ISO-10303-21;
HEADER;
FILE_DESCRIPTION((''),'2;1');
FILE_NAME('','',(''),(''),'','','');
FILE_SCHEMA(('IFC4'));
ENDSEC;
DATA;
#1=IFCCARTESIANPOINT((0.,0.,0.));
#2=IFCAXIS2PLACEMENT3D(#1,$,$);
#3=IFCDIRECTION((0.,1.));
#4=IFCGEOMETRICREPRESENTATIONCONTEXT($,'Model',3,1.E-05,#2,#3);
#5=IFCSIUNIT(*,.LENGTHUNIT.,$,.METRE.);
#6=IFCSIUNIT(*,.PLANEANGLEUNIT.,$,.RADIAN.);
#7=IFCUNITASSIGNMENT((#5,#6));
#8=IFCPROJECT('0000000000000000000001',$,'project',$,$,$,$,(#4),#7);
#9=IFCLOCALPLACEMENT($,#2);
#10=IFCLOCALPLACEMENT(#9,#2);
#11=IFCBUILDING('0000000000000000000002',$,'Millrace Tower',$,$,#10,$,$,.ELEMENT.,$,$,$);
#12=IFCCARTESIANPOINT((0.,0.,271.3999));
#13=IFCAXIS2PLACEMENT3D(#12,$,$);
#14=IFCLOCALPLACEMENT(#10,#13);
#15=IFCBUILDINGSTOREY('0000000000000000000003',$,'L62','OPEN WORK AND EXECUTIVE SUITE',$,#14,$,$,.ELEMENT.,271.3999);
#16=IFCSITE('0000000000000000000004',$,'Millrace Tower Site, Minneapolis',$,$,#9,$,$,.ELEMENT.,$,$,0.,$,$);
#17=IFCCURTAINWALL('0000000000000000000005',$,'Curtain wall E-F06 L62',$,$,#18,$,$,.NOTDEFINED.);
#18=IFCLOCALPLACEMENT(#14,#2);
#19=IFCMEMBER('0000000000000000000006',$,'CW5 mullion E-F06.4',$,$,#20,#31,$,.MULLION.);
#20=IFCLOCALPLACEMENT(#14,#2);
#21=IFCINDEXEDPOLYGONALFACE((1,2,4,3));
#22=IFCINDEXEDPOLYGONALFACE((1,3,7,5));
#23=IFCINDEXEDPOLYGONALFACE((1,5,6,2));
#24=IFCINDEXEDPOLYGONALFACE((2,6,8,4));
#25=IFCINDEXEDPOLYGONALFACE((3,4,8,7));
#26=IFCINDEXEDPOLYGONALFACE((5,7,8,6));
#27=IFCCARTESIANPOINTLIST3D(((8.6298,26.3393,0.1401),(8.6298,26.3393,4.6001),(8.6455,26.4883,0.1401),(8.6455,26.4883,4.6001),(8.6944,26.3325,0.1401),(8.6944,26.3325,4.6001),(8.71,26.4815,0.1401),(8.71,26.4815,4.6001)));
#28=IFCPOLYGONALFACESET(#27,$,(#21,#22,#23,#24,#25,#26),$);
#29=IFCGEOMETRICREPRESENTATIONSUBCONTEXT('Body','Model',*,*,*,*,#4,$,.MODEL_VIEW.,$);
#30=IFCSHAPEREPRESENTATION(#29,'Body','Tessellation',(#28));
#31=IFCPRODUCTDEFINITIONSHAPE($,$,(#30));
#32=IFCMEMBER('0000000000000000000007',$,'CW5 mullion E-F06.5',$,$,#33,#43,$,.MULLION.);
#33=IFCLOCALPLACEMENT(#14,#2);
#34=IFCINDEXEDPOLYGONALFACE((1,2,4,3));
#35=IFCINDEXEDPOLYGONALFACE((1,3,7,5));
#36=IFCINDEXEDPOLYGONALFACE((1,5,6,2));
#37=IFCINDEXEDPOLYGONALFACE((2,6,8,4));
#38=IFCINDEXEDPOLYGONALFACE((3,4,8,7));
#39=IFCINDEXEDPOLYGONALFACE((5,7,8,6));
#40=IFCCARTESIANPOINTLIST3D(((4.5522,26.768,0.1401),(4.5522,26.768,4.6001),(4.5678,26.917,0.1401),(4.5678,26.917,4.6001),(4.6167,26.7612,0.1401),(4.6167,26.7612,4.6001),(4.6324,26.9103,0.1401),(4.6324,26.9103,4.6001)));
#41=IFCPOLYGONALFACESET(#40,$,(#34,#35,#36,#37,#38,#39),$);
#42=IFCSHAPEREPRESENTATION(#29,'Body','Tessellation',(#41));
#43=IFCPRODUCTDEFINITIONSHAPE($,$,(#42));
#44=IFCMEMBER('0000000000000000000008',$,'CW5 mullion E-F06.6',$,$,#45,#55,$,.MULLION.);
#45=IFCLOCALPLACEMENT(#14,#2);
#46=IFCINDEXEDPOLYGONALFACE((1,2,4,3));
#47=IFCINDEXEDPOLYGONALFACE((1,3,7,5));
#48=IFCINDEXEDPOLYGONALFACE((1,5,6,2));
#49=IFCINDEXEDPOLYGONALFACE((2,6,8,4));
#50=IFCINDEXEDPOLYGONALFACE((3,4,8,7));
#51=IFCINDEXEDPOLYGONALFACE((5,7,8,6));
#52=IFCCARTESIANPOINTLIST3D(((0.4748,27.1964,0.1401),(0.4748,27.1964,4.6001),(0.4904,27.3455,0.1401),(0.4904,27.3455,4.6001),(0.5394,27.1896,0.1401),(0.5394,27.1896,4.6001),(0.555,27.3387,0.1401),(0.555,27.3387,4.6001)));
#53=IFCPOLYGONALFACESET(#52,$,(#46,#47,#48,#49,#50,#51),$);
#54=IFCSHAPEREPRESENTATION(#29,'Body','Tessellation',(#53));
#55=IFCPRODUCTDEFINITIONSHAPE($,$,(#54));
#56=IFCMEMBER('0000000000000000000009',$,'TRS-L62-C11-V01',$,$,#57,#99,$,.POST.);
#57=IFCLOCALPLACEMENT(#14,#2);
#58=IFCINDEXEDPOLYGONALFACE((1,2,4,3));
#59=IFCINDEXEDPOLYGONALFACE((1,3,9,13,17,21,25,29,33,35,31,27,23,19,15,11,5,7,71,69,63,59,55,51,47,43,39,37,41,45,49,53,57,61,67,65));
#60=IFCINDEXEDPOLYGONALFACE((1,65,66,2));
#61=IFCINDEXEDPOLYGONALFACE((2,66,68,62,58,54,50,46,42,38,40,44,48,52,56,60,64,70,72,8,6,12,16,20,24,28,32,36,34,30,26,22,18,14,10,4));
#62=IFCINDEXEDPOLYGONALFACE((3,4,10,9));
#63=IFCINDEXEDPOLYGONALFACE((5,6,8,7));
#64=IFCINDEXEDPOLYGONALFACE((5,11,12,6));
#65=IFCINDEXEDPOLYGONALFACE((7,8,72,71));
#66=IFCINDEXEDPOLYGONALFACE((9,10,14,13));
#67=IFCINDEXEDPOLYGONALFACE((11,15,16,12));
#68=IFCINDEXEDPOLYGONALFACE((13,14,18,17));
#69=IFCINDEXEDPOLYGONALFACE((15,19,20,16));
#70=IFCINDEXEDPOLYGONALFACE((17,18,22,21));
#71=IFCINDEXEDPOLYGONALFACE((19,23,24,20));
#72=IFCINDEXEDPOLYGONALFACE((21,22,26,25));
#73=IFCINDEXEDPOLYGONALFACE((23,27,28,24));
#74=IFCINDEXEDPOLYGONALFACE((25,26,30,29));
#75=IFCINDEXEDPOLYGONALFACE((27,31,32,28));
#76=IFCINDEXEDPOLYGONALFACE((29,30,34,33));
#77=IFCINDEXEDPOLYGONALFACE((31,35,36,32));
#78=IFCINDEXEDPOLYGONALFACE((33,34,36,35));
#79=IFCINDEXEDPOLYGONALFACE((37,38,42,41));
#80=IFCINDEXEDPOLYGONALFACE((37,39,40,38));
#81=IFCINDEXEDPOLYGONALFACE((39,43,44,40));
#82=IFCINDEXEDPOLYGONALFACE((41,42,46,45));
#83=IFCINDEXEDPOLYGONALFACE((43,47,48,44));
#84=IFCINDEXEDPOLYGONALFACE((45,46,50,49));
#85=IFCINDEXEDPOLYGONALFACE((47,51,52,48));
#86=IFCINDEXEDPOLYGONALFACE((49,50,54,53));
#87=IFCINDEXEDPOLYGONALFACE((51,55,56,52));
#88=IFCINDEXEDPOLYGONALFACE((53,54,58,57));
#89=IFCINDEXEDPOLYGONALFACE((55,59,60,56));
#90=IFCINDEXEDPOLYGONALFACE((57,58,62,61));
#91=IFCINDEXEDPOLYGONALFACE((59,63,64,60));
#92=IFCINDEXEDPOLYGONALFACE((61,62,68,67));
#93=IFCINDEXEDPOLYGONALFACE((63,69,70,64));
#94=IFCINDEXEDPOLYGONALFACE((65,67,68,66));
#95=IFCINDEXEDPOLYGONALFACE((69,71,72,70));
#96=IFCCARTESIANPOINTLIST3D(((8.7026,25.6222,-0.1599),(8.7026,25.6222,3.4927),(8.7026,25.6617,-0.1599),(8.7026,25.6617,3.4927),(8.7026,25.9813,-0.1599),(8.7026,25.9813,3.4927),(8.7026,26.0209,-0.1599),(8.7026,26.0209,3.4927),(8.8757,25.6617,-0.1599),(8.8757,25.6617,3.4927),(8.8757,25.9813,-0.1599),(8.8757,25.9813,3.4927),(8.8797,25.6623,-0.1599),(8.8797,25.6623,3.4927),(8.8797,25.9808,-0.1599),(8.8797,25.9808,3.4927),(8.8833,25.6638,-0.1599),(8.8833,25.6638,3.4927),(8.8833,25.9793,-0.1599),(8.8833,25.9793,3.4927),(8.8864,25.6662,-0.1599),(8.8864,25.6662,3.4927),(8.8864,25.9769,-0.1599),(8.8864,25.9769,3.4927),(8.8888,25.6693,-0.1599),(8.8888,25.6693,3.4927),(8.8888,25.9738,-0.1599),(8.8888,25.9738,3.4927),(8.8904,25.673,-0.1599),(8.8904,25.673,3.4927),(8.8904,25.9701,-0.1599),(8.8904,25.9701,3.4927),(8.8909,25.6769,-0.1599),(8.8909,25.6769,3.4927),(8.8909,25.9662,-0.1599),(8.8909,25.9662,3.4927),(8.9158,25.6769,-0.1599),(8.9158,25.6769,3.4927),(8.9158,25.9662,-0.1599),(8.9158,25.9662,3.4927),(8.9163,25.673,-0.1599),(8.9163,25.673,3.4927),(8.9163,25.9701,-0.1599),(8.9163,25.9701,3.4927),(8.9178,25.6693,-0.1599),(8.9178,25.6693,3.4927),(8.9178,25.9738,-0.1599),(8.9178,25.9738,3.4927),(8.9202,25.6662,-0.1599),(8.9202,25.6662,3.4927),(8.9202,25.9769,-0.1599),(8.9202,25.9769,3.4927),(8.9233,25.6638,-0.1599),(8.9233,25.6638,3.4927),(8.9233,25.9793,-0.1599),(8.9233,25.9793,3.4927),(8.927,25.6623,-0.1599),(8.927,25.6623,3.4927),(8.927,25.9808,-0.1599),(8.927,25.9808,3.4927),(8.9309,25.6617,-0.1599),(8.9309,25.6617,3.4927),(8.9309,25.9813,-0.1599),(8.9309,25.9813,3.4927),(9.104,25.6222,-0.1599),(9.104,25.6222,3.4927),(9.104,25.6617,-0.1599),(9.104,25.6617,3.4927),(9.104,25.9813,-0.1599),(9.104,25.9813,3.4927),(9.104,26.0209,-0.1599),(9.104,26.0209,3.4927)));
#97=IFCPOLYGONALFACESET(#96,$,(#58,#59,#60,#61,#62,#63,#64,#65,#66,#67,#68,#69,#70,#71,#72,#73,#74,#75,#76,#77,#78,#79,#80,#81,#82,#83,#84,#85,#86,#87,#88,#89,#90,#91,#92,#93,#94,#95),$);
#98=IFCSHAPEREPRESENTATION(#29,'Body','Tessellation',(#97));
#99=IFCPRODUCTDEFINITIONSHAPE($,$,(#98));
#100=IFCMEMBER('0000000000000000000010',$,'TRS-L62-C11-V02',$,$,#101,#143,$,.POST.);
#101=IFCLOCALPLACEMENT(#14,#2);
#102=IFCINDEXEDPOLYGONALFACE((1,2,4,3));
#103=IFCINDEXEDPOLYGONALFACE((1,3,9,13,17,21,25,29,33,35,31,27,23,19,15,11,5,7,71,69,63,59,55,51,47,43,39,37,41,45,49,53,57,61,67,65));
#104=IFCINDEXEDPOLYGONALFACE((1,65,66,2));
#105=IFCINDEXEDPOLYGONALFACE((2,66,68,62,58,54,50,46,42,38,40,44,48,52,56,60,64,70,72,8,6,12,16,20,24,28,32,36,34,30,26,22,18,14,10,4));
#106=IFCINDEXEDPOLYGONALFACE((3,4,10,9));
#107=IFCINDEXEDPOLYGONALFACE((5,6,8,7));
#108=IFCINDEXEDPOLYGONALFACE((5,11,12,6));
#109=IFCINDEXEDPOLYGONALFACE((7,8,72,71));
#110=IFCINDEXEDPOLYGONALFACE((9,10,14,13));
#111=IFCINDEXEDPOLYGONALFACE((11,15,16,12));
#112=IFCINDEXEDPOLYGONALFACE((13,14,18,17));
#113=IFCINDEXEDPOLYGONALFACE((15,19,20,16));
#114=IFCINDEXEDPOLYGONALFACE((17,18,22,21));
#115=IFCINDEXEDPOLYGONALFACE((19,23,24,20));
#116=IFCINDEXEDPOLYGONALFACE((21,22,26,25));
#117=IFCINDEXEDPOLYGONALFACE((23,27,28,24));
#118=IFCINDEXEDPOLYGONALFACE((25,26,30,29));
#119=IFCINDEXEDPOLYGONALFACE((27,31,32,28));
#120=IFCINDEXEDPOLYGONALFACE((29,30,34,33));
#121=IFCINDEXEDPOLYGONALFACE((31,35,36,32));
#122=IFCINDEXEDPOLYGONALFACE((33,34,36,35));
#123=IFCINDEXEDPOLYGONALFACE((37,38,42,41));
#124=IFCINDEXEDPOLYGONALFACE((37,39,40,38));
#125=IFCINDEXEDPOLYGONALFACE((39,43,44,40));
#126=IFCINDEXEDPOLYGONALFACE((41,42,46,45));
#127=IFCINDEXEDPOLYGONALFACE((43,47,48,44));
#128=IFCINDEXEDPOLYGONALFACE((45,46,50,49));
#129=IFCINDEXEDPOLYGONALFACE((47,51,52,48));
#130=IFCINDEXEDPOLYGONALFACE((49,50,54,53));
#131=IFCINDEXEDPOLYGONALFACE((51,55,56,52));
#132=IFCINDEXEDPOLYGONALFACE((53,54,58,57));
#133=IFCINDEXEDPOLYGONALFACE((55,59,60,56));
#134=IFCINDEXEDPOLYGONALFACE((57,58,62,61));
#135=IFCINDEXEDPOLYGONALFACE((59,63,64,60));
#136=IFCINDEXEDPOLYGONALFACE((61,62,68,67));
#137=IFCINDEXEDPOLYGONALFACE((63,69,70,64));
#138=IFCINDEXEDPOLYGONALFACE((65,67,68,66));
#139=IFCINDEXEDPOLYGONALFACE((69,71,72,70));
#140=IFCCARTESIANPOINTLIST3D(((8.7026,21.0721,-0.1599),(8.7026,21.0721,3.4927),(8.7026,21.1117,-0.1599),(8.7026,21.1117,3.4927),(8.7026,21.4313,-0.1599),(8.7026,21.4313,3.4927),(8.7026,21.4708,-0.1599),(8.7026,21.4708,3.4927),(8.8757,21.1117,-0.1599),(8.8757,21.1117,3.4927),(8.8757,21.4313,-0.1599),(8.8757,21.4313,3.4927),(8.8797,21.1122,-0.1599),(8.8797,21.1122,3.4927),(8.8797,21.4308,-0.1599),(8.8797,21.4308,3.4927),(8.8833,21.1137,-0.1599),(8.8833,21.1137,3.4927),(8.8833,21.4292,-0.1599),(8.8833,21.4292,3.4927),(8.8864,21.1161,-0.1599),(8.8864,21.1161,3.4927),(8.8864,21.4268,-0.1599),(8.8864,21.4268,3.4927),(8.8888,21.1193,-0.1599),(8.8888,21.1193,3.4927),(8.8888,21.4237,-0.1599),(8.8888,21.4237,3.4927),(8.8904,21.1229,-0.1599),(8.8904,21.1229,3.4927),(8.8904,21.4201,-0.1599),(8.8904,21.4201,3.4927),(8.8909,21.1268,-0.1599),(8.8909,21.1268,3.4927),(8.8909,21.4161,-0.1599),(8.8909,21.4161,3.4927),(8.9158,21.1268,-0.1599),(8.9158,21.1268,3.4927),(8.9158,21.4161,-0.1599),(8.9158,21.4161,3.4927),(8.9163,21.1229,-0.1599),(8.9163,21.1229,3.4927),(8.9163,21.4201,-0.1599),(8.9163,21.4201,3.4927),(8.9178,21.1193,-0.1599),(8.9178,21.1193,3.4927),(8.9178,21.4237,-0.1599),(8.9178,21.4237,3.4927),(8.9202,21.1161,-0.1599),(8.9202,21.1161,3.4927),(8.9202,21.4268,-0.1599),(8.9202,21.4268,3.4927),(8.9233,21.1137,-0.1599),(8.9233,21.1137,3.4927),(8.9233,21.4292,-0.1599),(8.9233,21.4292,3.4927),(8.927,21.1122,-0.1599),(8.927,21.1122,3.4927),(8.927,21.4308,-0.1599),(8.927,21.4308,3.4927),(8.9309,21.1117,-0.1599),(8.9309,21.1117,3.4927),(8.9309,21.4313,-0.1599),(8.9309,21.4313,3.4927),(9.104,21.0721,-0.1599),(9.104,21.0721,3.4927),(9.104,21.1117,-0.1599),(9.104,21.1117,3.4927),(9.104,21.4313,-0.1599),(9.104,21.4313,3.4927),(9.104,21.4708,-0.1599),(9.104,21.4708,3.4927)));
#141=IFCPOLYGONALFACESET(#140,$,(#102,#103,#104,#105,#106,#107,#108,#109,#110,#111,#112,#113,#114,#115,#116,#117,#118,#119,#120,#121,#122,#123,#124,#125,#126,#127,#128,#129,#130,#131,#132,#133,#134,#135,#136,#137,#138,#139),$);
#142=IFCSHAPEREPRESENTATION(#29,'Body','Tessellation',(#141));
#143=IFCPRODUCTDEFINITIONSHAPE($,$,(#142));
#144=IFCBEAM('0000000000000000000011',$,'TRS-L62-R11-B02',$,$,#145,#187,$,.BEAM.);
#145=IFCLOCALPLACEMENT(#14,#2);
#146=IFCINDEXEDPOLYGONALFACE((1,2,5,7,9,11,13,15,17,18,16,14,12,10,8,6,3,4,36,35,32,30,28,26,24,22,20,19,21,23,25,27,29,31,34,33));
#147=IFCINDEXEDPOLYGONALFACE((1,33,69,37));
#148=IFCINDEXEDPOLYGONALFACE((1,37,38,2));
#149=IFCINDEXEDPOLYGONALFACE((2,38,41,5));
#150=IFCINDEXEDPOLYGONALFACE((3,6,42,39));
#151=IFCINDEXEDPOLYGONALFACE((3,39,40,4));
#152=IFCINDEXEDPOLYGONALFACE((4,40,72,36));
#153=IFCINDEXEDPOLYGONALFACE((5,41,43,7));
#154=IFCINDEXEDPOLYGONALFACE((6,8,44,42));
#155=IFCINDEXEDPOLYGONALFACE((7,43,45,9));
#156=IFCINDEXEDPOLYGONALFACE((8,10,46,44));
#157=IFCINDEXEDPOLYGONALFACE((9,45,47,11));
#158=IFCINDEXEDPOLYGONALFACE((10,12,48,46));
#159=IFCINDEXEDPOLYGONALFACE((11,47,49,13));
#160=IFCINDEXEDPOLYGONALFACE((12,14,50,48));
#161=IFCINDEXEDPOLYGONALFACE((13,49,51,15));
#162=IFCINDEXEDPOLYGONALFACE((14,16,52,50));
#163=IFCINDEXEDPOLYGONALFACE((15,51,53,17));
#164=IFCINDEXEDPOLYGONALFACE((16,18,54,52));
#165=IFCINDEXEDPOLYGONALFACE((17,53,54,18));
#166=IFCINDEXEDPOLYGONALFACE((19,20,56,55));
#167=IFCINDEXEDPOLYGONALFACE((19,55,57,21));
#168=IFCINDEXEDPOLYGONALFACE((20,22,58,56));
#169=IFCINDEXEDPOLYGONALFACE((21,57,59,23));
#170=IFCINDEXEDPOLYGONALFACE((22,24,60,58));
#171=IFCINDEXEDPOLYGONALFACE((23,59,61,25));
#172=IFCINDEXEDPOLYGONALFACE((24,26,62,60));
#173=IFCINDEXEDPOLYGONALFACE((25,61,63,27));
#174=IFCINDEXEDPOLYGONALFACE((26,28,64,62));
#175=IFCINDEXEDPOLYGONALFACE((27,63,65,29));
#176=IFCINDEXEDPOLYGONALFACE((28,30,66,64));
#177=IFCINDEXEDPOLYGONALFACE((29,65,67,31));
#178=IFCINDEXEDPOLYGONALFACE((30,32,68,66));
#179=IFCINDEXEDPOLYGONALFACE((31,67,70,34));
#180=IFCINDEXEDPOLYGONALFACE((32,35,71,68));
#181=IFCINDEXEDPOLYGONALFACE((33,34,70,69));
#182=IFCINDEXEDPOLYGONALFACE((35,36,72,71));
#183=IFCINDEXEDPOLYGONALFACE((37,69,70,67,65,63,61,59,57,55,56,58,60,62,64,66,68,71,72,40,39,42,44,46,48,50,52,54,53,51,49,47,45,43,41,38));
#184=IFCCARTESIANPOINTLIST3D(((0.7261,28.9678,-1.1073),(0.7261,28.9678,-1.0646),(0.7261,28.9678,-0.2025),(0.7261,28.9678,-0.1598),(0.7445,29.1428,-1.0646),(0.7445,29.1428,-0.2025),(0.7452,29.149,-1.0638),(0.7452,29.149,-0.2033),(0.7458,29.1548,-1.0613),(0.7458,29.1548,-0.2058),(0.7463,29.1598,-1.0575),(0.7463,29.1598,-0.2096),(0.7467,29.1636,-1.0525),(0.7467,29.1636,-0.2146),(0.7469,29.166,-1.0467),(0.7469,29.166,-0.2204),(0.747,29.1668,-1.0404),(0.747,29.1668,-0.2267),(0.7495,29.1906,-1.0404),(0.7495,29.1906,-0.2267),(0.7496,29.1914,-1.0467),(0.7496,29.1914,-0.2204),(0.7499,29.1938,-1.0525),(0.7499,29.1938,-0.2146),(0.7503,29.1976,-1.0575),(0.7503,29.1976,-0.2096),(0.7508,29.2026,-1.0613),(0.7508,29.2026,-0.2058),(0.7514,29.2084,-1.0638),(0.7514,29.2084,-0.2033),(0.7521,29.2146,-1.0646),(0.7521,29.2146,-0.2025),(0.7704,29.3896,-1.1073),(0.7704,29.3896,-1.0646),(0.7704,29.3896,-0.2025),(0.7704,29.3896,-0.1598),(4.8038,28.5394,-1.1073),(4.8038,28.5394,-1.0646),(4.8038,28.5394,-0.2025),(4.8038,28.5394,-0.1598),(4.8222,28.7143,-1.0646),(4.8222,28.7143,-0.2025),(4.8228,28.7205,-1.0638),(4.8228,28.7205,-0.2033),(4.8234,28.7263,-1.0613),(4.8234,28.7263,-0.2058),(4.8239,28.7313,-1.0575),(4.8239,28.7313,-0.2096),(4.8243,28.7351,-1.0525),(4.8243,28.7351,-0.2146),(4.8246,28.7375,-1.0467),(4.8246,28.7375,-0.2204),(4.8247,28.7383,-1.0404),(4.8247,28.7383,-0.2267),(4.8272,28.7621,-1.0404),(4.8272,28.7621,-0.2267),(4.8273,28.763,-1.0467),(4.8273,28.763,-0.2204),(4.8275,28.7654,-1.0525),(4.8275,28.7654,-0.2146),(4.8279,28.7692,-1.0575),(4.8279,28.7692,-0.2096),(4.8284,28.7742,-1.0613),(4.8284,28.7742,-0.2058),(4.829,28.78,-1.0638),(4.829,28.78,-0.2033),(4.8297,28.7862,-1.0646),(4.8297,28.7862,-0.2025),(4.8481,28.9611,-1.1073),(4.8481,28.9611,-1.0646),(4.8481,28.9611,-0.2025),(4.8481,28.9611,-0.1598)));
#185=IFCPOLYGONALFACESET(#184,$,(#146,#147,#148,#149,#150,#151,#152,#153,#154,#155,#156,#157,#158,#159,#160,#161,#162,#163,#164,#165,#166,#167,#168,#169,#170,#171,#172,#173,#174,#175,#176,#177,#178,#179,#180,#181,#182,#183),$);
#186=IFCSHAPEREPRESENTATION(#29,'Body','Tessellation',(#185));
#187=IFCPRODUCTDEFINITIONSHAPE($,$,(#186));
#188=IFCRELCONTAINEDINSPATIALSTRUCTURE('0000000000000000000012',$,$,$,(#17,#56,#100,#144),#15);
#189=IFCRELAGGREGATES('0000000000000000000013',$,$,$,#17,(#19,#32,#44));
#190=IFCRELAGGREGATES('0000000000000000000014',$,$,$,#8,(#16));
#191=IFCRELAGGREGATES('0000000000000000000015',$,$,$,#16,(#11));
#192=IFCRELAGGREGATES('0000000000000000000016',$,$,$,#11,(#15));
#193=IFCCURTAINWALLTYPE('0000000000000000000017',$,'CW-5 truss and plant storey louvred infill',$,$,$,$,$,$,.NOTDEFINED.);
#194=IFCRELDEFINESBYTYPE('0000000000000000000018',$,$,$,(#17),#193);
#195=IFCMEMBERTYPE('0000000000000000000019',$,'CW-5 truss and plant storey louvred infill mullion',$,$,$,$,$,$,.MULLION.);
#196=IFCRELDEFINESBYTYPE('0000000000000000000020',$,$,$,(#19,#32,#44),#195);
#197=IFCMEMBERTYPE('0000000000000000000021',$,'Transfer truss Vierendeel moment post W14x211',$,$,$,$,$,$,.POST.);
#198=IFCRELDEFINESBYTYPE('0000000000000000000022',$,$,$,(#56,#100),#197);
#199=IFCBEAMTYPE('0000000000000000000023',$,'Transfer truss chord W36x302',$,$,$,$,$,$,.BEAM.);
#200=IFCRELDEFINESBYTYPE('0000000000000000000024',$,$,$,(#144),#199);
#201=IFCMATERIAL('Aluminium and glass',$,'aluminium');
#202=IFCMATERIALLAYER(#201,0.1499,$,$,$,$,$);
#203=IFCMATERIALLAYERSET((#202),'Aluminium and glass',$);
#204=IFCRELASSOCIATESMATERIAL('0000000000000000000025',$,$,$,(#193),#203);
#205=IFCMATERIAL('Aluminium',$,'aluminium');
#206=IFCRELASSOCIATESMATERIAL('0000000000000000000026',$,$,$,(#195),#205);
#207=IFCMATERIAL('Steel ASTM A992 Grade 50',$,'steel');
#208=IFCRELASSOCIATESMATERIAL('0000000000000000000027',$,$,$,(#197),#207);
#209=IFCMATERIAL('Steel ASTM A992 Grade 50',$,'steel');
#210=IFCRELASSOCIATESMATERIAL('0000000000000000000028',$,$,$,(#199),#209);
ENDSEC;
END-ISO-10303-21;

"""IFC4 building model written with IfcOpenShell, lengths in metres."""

from ifc_helpers import new_model, si_unit, direction, frame, origin, origin_2d, place, context, subcontext, project, spatial, rectangle, i_section, extrude, material, layer, layer_set, material_profile, profile_set, type_object, element, aggregate, save


model = new_model("IFC4")

# Units and contexts
model_context = context("Model", 3, precision=1e-05, world=origin(), true_north=direction((0.0, 1.0)))
body_context = subcontext(model_context, "Body", "Model", "MODEL_VIEW")
ifc_project = project(units=[si_unit("LENGTHUNIT", "METRE"), si_unit("PLANEANGLEUNIT", "RADIAN")], contexts=[model_context])

# Site, building, storey
site_placement = place(None, origin())
site = spatial("IfcSite", under=ifc_project, at=site_placement, Name="Millrace Tower Site, Minneapolis", CompositionType="ELEMENT", RefElevation=0.0)
building_placement = place(site_placement, origin())
building = spatial("IfcBuilding", under=site, at=building_placement, Name="Millrace Tower", CompositionType="ELEMENT")
storey_placement = place(building_placement, frame((0.0, 0.0, 271.3999)))
storey = spatial("IfcBuildingStorey", under=building, at=storey_placement, Name="L62", Description="OPEN WORK AND EXECUTIVE SUITE", CompositionType="ELEMENT", Elevation=271.3999)

# Curtain wall, members
ifc_material_1 = material(Name="Aluminium and glass", Category="aluminium")
ifc_layer_1 = layer(ifc_material_1, 0.1499)
ifc_layer_set_1 = layer_set([ifc_layer_1], Name="Aluminium and glass")
curtain_wall_type = type_object("IfcCurtainWallType", Name="CW-5 truss and plant storey louvred infill", PredefinedType="NOTDEFINED", material=ifc_layer_set_1)
curtain_wall_placement = place(storey_placement, origin())
curtain_wall = element("IfcCurtainWall", 1, at=curtain_wall_placement, inside=storey, type_object=curtain_wall_type, Name="Curtain wall E-F06 L62", PredefinedType="NOTDEFINED")
ifc_material_2 = material(Name="Aluminium", Category="aluminium")
ifc_material_profile_1 = material_profile(ifc_material_2, rectangle(XDim=0.0649, YDim=0.1499, at=origin_2d()))
ifc_profile_set_1 = profile_set([ifc_material_profile_1], Name="Aluminium")
member_type_1 = type_object("IfcMemberType", Name="CW-5 truss and plant storey louvred infill mullion", PredefinedType="MULLION", material=ifc_profile_set_1)
member_1_placement = place(storey_placement, frame((8.6699, 26.4104, 0.1401), z_axis=(0.0, 0.0, 1.0), x_axis=(-0.994522, 0.104528, 0.0)))
member_1 = element("IfcMember", 2, at=member_1_placement, type_object=member_type_1, Name="CW5 mullion E-F06.4", PredefinedType="MULLION", context=body_context, shape_type="SweptSolid", body=[
    extrude(rectangle(XDim=0.0649, YDim=0.1499, at=origin_2d()), origin(), (0.0, 0.0, 1.0), 4.46),
])
member_2_placement = place(storey_placement, frame((4.5923, 26.8391, 0.1401), z_axis=(0.0, 0.0, 1.0), x_axis=(-0.994522, 0.104528, 0.0)))
member_2 = element("IfcMember", 3, at=member_2_placement, type_object=member_type_1, Name="CW5 mullion E-F06.5", PredefinedType="MULLION", context=body_context, shape_type="SweptSolid", body=[
    extrude(rectangle(XDim=0.0649, YDim=0.1499, at=origin_2d()), origin(), (0.0, 0.0, 1.0), 4.46),
])
member_3_placement = place(storey_placement, frame((0.5149, 27.2676, 0.1401), z_axis=(0.0, 0.0, 1.0), x_axis=(-0.994522, 0.104528, 0.0)))
member_3 = element("IfcMember", 4, at=member_3_placement, type_object=member_type_1, Name="CW5 mullion E-F06.6", PredefinedType="MULLION", context=body_context, shape_type="SweptSolid", body=[
    extrude(rectangle(XDim=0.0649, YDim=0.1499, at=origin_2d()), origin(), (0.0, 0.0, 1.0), 4.46),
])
aggregate(curtain_wall, [member_1, member_2, member_3])

# Members
ifc_material_3 = material(Name="Steel ASTM A992 Grade 50", Category="steel")
ifc_material_profile_2 = material_profile(ifc_material_3, i_section(OverallWidth=0.4014, OverallDepth=0.3987, WebThickness=0.0249, FlangeThickness=0.0396, FilletRadius=0.0151, at=origin_2d()))
ifc_profile_set_2 = profile_set([ifc_material_profile_2], Name="Steel ASTM A992 Grade 50")
member_type_2 = type_object("IfcMemberType", Name="Transfer truss Vierendeel moment post W14x211", PredefinedType="POST", material=ifc_profile_set_2)
for number, where, z_axis, x_axis, name in (
    (5, (8.9033, 25.8215, -0.1599), (0.0, 0.0, 1.0), (1.0, 0.0, 0.0), "TRS-L62-C11-V01"),
    (6, (8.9033, 21.2715, -0.1599), (0.0, 0.0, 1.0), (1.0, 0.0, 0.0), "TRS-L62-C11-V02"),
):
    element("IfcMember", number, at=place(storey_placement, frame(where, z_axis=z_axis, x_axis=x_axis)), inside=storey, type_object=member_type_2, Name=name, PredefinedType="POST", context=body_context, shape_type="SweptSolid", body=[
        extrude(i_section(OverallWidth=0.4014, OverallDepth=0.3987, WebThickness=0.0249, FlangeThickness=0.0396, FilletRadius=0.0151, at=origin_2d()), origin(), (0.0, 0.0, 1.0), 3.6526),
    ])

# Beam
ifc_material_4 = material(Name="Steel ASTM A992 Grade 50", Category="steel")
ifc_material_profile_3 = material_profile(ifc_material_4, i_section(OverallWidth=0.4241, OverallDepth=0.9475, WebThickness=0.0239, FlangeThickness=0.0427, FilletRadius=0.0242, at=origin_2d()))
ifc_profile_set_3 = profile_set([ifc_material_profile_3], Name="Steel ASTM A992 Grade 50")
beam_type = type_object("IfcBeamType", Name="Transfer truss chord W36x302", PredefinedType="BEAM", material=ifc_profile_set_3)
for number, where, z_axis, x_axis, name in (
    (7, (4.8259, 28.7502, -0.6335), (-0.994525, 0.104502, 0.0), (-0.104502, -0.994525, 0.0), "TRS-L62-R11-B02"),
):
    element("IfcBeam", number, at=place(storey_placement, frame(where, z_axis=z_axis, x_axis=x_axis)), inside=storey, type_object=beam_type, Name=name, PredefinedType="BEAM", context=body_context, shape_type="SweptSolid", body=[
        extrude(i_section(OverallWidth=0.4241, OverallDepth=0.9475, WebThickness=0.0239, FlangeThickness=0.0427, FilletRadius=0.0242, at=origin_2d()), origin(), (0.0, 0.0, 1.0), 4.1001),
    ])

save(model, "model.ifc")
